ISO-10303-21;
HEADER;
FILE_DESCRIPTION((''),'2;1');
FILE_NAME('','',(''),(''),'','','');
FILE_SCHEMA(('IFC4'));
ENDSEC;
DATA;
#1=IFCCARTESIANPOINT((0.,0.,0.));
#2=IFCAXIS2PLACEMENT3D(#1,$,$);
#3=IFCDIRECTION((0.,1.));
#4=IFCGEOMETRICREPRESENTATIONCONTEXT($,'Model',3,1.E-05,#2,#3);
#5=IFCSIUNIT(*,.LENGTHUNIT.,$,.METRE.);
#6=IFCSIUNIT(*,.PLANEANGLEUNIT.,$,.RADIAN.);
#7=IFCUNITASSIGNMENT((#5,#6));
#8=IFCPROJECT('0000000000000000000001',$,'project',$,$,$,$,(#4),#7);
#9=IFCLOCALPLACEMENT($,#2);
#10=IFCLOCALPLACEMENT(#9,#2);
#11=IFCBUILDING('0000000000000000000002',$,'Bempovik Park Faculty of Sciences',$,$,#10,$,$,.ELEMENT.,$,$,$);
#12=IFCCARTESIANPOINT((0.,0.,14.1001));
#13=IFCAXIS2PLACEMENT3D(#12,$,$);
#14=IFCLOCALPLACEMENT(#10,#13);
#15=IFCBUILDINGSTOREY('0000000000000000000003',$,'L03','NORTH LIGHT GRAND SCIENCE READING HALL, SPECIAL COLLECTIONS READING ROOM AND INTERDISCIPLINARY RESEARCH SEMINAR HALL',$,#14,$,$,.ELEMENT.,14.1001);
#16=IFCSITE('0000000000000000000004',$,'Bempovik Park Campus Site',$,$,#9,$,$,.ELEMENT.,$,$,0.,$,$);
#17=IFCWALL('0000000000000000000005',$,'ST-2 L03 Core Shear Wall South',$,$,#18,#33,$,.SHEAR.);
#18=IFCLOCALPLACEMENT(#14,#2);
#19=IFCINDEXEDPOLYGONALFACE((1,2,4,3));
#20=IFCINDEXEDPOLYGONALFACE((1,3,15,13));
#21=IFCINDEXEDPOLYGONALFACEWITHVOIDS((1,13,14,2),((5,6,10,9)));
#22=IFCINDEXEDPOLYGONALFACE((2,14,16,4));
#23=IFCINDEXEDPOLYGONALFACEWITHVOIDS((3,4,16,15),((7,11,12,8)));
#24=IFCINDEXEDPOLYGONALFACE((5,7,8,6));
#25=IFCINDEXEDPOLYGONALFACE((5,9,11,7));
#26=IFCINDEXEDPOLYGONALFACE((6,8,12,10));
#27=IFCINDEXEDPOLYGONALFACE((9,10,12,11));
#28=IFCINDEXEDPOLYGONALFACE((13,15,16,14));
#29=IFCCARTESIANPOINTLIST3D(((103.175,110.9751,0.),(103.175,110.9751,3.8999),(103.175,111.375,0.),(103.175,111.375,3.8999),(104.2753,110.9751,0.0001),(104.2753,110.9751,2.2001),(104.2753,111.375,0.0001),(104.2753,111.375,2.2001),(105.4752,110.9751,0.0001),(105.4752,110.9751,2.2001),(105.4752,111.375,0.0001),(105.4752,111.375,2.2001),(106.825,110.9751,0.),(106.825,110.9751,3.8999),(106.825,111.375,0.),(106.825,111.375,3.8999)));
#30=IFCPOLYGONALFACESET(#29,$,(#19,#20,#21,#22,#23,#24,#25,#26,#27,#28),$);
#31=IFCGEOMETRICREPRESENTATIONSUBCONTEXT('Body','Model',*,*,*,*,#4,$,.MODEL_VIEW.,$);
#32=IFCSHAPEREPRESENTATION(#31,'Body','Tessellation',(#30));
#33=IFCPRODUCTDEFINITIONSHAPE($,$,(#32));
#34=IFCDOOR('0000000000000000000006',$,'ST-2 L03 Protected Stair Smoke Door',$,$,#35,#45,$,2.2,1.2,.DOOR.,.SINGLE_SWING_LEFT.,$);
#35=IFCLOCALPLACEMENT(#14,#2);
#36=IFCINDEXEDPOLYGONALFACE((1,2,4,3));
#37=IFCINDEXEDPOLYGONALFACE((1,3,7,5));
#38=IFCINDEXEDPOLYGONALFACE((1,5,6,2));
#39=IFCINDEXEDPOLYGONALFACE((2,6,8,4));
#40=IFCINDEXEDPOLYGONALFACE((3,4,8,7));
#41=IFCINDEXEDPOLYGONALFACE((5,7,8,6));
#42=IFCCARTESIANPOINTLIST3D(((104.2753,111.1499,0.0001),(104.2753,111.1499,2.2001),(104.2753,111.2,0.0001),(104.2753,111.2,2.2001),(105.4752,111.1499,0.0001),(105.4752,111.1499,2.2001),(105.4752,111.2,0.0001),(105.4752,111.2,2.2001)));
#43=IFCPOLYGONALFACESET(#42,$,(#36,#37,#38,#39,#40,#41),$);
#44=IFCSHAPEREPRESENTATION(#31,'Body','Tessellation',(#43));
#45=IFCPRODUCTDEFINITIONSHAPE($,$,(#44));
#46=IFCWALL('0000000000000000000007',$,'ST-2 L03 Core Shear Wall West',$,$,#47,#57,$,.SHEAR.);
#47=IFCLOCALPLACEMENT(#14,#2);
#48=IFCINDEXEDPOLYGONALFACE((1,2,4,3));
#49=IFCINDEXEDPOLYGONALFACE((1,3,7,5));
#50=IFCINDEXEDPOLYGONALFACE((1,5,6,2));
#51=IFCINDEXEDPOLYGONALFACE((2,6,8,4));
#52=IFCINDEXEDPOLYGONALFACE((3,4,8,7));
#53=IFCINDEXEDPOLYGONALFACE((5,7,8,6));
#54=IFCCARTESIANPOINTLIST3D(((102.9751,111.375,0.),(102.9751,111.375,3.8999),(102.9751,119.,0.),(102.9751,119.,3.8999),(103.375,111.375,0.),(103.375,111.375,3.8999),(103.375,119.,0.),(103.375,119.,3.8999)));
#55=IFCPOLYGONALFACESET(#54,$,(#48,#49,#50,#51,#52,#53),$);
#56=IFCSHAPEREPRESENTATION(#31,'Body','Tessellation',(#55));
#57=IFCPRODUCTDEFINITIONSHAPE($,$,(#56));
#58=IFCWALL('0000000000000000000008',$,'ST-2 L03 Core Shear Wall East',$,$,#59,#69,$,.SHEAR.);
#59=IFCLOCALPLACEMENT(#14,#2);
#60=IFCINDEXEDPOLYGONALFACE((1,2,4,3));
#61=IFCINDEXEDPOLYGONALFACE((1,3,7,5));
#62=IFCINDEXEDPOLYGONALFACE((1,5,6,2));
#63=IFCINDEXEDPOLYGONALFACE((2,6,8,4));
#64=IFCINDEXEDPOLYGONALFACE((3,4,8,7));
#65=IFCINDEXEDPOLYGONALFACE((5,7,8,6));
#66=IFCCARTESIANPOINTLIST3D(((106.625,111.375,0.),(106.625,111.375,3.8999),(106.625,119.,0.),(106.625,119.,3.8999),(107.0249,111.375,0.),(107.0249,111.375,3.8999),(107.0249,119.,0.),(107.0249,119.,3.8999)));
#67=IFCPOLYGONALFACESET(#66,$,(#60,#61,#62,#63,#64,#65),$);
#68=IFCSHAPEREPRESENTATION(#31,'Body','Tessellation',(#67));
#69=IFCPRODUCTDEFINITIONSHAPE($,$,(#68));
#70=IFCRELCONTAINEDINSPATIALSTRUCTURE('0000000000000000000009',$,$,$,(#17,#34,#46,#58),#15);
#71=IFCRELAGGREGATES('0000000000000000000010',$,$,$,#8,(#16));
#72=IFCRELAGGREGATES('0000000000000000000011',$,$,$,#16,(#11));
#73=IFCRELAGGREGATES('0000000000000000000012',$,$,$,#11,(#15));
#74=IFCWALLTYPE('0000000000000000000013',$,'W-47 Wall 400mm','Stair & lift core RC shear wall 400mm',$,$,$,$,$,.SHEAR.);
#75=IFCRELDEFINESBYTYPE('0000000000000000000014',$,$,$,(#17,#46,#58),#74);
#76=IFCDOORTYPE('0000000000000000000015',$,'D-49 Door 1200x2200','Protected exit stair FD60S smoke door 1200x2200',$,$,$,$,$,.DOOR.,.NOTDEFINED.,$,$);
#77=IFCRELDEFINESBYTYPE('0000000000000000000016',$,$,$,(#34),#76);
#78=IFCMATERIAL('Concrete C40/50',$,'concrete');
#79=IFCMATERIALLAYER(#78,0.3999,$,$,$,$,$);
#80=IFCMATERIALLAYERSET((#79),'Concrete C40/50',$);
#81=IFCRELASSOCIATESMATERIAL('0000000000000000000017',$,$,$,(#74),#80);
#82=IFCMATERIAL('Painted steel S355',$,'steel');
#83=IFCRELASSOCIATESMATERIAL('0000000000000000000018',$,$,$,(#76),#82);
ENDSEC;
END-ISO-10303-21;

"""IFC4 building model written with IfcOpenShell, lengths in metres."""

from ifc_helpers import new_model, si_unit, direction, frame, frame_2d, origin, place, context, subcontext, project, spatial, rectangle, extrude, material, layer, layer_set, type_object, element, fill, save


model = new_model("IFC4")

# Units and contexts
model_context = context("Model", 3, precision=1e-05, world=origin(), true_north=direction((0.0, 1.0)))
body_context = subcontext(model_context, "Body", "Model", "MODEL_VIEW")
ifc_project = project(units=[si_unit("LENGTHUNIT", "METRE"), si_unit("PLANEANGLEUNIT", "RADIAN")], contexts=[model_context])

# Site, building, storey
site_placement = place(None, origin())
site = spatial("IfcSite", under=ifc_project, at=site_placement, Name="Bempovik Park Campus Site", CompositionType="ELEMENT", RefElevation=0.0)
building_placement = place(site_placement, origin())
building = spatial("IfcBuilding", under=site, at=building_placement, Name="Bempovik Park Faculty of Sciences", CompositionType="ELEMENT")
storey_placement = place(building_placement, frame((0.0, 0.0, 14.1001)))
storey = spatial("IfcBuildingStorey", under=building, at=storey_placement, Name="L03", Description="NORTH LIGHT GRAND SCIENCE READING HALL, SPECIAL COLLECTIONS READING ROOM AND INTERDISCIPLINARY RESEARCH SEMINAR HALL", CompositionType="ELEMENT", Elevation=14.1001)

# Shared definitions
ifc_material_1 = material(Name="Concrete C40/50", Category="concrete")

# Shared definitions
ifc_material_2 = material(Name="Painted steel S355", Category="steel")

# Wall, opening, door
ifc_layer_1 = layer(ifc_material_1, 0.3999)
ifc_layer_set_1 = layer_set([ifc_layer_1], Name="Concrete C40/50")
wall_type_1 = type_object("IfcWallType", Name="W-47 Wall 400mm", Description="Stair & lift core RC shear wall 400mm", PredefinedType="SHEAR", material=ifc_layer_set_1)
wall_1_placement = place(storey_placement, frame((103.175, 111.175, 0.0), z_axis=(0.0, 0.0, 1.0), x_axis=(1.0, 0.0, 0.0)))
wall_1 = element("IfcWall", 1, at=wall_1_placement, inside=storey, type_object=wall_type_1, Name="ST-2 L03 Core Shear Wall South", PredefinedType="SHEAR", context=body_context, shape_type="SweptSolid", body=[
    extrude(rectangle(XDim=3.6499, YDim=0.3999, at=frame_2d((1.825, 0.0))), origin(), (0.0, 0.0, 1.0), 3.8999),
])
opening_1_placement = place(wall_1_placement, frame((1.1001, 0.0, 0.0)))
opening_1 = element("IfcOpeningElement", 2, at=opening_1_placement, cuts=wall_1, PredefinedType="OPENING", context=body_context, shape_type="SweptSolid", body=[
    extrude(rectangle(XDim=1.2, YDim=2.2, at=frame_2d((0.6001, 1.1001))), frame((0.0, 0.21, 0.0), z_axis=(0.0, -1.0, 0.0), x_axis=(1.0, 0.0, 0.0)), (0.0, 0.0, 1.0), 0.4199),
])
door_type_1 = type_object("IfcDoorType", Name="D-49 Door 1200x2200", Description="Protected exit stair FD60S smoke door 1200x2200", OperationType="NOTDEFINED", PredefinedType="DOOR", material=ifc_material_2)
door_1_placement = place(opening_1_placement, origin())
door_1 = element("IfcDoor", 3, at=door_1_placement, inside=storey, type_object=door_type_1, Name="ST-2 L03 Protected Stair Smoke Door", OperationType="SINGLE_SWING_LEFT", OverallHeight=2.2, OverallWidth=1.2, PredefinedType="DOOR", context=body_context, shape_type="SweptSolid", body=[
    extrude(rectangle(XDim=1.2, YDim=2.2, at=frame_2d((0.6001, 1.1001))), frame((0.0, 0.0249, 0.0), z_axis=(0.0, -1.0, 0.0), x_axis=(1.0, 0.0, 0.0)), (0.0, 0.0, 1.0), 0.05),
])
fill(opening_1, door_1)

# Walls
for number, where, z_axis, x_axis, name in (
    (4, (103.175, 111.375, 0.0), (0.0, 0.0, 1.0), (0.0, 1.0, 0.0), "ST-2 L03 Core Shear Wall West"),
    (5, (106.825, 111.375, 0.0), (0.0, 0.0, 1.0), (0.0, 1.0, 0.0), "ST-2 L03 Core Shear Wall East"),
):
    element("IfcWall", number, at=place(storey_placement, frame(where, z_axis=z_axis, x_axis=x_axis)), inside=storey, type_object=wall_type_1, Name=name, PredefinedType="SHEAR", context=body_context, shape_type="SweptSolid", body=[
        extrude(rectangle(XDim=7.625, YDim=0.3999, at=frame_2d((3.8125, 0.0))), origin(), (0.0, 0.0, 1.0), 3.8999),
    ])

save(model, "model.ifc")
